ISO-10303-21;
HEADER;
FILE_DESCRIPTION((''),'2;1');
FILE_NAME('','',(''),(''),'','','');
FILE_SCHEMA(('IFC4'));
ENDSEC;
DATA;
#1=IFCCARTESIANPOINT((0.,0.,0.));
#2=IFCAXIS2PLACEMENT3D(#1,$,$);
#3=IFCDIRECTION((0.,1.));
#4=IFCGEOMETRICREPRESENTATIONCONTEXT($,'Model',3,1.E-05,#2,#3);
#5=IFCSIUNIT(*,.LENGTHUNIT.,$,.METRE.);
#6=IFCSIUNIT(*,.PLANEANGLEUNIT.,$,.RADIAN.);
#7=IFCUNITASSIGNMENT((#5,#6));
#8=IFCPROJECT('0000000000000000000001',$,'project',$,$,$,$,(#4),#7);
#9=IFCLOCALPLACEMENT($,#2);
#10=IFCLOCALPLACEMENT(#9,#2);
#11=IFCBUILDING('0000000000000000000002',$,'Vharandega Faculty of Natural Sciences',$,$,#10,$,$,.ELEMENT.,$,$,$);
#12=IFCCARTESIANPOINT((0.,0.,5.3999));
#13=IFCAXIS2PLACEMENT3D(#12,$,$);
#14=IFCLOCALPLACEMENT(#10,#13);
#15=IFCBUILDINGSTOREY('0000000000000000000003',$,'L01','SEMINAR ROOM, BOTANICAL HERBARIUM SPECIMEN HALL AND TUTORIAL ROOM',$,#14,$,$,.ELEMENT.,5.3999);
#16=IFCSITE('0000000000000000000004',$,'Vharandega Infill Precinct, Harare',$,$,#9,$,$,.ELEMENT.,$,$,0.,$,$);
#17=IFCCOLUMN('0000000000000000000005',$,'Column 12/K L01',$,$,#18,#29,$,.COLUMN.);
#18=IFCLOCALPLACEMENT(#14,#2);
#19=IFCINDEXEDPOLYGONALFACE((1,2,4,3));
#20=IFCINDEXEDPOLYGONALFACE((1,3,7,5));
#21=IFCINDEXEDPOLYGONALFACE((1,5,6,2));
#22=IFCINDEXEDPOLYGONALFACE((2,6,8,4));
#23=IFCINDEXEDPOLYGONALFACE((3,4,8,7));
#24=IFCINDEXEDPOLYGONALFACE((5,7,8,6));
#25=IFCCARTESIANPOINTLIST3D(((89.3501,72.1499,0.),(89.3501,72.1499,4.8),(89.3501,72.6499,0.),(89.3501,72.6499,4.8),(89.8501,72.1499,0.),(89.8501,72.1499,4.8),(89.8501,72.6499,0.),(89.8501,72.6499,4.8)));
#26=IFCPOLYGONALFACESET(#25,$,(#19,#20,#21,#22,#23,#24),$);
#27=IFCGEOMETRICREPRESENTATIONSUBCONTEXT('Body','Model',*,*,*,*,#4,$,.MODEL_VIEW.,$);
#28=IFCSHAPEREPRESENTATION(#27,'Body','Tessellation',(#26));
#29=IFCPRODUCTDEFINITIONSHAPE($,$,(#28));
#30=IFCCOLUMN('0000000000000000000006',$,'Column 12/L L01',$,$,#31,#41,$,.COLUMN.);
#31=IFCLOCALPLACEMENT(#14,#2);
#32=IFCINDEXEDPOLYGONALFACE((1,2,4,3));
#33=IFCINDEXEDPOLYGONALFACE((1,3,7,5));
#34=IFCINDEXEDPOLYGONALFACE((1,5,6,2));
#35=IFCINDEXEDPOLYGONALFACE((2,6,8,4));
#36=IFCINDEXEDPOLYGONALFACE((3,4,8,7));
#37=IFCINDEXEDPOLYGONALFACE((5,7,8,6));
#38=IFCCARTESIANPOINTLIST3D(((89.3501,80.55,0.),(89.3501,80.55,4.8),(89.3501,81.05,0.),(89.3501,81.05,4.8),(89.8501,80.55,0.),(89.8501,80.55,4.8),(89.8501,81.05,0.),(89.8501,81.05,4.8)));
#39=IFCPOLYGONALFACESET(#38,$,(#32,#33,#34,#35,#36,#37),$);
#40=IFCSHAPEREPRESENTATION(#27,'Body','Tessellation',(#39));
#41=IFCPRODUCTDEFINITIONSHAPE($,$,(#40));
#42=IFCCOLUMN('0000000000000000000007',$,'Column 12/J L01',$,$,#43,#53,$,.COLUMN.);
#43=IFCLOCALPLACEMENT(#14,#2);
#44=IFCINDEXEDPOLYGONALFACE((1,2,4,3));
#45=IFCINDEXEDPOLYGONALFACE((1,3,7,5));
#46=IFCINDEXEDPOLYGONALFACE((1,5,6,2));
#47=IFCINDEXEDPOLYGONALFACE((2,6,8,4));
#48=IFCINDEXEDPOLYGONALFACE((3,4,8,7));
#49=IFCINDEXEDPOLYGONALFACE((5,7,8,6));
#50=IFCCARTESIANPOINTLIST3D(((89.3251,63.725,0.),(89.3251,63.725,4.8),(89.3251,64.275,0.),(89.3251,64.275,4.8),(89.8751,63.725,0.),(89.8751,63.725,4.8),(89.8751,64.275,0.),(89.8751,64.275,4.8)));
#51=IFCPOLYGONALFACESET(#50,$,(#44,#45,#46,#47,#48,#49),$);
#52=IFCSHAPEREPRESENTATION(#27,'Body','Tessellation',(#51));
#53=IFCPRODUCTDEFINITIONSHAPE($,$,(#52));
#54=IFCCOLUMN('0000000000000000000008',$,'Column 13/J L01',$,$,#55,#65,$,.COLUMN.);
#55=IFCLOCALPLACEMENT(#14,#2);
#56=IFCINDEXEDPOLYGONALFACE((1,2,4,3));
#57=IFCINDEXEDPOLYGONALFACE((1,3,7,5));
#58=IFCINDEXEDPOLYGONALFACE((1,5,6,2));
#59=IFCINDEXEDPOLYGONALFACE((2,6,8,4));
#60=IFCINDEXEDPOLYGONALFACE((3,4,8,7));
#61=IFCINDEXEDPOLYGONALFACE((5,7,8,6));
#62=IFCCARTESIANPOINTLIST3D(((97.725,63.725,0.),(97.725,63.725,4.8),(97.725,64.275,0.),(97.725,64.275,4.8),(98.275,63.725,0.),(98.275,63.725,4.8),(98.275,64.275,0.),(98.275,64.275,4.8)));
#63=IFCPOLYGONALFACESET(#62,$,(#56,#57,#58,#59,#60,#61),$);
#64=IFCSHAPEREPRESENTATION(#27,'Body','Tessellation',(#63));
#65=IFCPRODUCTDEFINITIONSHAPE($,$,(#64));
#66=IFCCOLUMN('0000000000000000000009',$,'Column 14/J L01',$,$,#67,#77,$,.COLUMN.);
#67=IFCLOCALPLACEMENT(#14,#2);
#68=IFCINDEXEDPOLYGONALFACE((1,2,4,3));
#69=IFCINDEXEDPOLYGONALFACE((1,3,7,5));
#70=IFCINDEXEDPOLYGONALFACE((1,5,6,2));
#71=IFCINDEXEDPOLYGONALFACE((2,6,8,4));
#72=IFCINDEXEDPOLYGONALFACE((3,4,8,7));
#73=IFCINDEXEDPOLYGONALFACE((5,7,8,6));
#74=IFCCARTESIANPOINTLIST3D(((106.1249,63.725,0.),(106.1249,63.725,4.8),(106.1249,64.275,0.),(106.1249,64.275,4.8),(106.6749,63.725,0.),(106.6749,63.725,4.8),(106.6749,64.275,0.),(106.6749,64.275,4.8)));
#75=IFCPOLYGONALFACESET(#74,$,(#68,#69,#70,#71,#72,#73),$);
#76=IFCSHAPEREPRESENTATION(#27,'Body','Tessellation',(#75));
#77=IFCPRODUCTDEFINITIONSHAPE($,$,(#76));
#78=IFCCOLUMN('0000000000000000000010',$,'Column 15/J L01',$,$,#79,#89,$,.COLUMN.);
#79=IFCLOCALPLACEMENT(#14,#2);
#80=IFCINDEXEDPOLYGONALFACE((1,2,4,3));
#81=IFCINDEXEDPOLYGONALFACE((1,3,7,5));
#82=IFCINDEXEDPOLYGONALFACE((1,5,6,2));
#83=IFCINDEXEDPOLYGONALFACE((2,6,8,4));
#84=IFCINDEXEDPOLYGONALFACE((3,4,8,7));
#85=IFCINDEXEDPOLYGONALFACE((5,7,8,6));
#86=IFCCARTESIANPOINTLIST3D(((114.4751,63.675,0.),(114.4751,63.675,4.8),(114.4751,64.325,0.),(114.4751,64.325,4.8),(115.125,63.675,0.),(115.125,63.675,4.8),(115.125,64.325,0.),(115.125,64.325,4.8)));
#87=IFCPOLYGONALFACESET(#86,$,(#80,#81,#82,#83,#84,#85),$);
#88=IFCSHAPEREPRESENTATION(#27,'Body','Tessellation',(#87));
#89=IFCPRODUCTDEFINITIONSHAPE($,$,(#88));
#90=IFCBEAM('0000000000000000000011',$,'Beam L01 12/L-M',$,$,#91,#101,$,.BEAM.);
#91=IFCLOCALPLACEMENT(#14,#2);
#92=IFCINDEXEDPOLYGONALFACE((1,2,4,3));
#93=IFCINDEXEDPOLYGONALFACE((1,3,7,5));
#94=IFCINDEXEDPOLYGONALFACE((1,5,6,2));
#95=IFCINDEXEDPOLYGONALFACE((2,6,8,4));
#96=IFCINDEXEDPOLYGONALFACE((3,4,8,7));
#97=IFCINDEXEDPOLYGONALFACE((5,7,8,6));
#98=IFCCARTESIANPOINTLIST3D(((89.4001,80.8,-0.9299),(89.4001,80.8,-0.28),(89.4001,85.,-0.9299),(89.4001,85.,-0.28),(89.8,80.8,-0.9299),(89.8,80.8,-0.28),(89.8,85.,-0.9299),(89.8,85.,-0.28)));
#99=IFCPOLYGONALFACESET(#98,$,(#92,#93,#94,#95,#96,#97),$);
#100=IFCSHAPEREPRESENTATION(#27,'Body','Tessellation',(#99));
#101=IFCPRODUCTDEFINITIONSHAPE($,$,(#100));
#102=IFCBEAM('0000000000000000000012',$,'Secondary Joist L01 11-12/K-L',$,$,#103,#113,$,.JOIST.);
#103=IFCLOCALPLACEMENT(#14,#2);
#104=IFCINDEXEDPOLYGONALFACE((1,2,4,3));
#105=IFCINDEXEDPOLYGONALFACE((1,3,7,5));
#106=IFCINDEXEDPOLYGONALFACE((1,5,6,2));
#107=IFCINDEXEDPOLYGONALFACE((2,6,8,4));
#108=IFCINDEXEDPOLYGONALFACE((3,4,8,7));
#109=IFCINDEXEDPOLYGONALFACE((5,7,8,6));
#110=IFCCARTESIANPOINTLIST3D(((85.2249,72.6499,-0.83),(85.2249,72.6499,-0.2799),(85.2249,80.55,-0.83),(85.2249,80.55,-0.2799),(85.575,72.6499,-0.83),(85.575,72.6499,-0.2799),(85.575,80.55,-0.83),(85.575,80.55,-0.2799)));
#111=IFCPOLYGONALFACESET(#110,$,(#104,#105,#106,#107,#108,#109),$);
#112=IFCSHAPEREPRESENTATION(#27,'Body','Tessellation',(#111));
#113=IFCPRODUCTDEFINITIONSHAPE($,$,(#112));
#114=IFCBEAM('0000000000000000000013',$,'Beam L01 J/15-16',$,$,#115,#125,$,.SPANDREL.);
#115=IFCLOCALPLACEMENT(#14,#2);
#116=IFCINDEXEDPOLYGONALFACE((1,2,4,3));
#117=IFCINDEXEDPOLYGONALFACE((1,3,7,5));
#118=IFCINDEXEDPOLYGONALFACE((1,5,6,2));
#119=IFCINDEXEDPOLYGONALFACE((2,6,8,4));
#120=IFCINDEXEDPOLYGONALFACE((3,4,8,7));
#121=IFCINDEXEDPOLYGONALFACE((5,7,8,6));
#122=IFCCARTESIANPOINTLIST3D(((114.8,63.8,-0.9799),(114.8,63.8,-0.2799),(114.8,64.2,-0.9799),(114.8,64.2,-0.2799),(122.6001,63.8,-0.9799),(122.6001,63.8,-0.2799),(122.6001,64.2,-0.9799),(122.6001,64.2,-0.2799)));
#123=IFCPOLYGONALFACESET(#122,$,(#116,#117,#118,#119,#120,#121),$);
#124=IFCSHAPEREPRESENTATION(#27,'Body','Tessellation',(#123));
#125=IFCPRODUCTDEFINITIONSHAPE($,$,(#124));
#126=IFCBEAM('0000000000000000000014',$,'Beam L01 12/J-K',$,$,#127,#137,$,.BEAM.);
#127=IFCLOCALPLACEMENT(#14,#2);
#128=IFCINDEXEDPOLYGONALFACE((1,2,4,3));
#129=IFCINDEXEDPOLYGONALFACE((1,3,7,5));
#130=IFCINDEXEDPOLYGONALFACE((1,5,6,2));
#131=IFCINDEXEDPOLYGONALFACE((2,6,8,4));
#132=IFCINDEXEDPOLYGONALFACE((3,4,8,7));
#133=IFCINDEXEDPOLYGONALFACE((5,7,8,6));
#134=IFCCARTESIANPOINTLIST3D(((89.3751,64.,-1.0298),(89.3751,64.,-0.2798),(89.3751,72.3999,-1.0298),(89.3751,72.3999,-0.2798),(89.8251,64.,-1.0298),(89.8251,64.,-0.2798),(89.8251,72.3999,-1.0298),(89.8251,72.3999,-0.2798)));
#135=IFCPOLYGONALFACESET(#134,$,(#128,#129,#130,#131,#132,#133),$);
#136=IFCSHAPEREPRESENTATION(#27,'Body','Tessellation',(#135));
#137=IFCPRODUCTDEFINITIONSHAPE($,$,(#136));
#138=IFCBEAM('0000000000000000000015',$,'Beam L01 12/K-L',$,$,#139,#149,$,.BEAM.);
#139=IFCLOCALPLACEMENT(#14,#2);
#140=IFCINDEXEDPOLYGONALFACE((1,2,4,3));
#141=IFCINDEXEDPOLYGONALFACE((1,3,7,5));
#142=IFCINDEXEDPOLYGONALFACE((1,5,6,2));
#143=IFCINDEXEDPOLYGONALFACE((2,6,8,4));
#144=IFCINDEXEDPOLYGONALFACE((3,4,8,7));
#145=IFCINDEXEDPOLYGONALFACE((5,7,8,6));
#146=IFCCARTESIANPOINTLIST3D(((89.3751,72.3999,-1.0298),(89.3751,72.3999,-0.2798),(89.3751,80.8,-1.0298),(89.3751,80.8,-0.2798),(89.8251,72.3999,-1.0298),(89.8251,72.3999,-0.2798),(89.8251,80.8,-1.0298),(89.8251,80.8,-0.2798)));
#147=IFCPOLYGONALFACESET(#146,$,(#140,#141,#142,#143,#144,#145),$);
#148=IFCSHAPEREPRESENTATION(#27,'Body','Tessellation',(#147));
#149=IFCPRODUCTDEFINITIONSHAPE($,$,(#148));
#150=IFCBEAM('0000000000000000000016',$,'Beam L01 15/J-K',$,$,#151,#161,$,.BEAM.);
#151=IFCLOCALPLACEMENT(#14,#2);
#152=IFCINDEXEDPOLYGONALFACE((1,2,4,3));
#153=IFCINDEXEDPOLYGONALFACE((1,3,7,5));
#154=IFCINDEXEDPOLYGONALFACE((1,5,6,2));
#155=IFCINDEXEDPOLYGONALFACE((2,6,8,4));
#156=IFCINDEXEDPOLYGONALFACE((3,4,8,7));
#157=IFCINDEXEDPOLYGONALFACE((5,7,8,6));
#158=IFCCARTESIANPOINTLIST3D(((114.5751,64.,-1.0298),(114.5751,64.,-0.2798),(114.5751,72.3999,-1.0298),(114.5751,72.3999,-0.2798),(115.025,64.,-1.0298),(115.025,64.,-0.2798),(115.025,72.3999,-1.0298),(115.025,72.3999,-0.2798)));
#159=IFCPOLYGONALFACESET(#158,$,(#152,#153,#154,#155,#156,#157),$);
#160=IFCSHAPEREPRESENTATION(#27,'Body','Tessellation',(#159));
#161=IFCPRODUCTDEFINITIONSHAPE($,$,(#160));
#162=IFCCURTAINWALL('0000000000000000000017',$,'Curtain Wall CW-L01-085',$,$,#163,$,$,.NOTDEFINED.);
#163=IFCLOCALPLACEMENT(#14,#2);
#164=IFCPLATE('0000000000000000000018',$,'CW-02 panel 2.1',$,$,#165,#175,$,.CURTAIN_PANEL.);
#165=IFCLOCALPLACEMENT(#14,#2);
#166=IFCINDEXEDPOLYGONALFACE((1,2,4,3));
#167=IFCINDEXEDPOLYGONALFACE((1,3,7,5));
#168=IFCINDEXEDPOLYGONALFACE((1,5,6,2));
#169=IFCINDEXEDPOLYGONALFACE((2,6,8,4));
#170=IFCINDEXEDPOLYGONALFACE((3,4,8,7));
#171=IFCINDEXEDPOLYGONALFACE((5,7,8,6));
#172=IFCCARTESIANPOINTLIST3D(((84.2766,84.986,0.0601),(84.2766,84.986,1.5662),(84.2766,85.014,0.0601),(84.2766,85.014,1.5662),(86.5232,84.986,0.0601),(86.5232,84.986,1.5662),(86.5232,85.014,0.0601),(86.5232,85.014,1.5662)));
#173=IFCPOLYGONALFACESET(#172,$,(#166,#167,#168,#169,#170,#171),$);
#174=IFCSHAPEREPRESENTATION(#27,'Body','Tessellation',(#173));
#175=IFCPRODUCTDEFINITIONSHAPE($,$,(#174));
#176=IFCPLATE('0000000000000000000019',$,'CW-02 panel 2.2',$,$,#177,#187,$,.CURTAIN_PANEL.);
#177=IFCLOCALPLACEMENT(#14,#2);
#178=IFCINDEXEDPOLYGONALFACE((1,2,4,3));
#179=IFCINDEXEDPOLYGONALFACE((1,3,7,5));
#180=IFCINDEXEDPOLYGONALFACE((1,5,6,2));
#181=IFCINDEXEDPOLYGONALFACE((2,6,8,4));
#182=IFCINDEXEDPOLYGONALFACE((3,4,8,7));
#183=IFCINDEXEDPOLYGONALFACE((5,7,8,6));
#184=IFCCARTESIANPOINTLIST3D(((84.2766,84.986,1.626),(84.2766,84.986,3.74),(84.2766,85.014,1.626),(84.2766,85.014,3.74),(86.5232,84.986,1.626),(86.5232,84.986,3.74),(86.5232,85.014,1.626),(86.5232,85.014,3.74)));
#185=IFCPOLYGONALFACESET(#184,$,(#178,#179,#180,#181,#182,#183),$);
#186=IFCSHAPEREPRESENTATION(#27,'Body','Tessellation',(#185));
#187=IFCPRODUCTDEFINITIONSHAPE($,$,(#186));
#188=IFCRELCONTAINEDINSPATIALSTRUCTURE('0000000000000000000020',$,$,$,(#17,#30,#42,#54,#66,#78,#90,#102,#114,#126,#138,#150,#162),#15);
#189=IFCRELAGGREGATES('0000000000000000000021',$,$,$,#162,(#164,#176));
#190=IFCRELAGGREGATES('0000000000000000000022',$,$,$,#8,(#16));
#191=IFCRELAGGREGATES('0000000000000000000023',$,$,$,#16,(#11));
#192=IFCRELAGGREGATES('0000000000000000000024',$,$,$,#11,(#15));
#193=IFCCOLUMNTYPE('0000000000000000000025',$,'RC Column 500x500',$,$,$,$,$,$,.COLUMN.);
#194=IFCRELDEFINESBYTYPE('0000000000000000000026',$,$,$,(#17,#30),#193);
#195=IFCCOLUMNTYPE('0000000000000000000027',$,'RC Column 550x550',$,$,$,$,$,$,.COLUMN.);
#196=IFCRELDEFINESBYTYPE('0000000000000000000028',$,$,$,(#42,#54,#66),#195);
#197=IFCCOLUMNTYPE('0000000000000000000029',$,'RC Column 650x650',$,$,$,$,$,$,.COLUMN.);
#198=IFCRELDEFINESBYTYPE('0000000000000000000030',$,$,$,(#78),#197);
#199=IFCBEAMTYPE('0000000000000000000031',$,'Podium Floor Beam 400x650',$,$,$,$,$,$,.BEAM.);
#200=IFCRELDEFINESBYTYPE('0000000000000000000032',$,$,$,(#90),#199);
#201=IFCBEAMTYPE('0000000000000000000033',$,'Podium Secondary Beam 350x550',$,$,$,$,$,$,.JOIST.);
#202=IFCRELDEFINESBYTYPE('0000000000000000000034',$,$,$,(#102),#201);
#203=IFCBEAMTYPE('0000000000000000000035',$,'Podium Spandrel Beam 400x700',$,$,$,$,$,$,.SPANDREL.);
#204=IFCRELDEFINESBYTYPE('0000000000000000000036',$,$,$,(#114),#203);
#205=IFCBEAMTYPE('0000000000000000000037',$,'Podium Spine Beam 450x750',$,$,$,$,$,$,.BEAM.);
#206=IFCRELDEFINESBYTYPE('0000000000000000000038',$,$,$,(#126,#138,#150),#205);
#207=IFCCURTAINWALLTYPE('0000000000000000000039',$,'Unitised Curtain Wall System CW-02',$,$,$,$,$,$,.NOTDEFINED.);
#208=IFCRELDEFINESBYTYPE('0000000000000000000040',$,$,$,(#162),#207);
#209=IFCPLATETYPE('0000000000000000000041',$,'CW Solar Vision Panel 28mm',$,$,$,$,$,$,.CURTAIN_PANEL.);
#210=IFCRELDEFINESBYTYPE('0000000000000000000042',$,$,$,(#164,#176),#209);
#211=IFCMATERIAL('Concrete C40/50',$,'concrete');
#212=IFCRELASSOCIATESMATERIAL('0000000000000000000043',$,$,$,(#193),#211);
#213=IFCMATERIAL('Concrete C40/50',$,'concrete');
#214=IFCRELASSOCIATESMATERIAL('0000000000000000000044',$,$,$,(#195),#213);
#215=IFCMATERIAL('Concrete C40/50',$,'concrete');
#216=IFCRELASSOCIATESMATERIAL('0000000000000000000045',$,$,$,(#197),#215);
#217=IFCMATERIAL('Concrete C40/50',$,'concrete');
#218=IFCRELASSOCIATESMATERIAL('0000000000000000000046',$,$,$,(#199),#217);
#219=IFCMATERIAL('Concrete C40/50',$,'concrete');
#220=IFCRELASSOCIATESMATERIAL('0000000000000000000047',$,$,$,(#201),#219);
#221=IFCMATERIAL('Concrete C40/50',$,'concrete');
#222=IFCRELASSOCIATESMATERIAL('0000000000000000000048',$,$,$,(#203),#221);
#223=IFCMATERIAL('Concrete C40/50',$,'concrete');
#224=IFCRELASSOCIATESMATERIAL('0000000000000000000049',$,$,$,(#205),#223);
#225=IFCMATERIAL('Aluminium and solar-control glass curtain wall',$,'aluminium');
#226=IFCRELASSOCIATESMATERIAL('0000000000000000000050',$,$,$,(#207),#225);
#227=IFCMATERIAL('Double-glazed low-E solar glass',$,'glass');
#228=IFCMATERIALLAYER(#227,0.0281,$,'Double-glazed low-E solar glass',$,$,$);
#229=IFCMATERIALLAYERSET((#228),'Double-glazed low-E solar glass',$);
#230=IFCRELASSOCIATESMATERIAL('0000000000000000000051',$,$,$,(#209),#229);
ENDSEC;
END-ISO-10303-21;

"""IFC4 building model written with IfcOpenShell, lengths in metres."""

from ifc_helpers import new_model, si_unit, direction, frame, origin, origin_2d, place, context, subcontext, project, spatial, rectangle, extrude, material, layer, layer_set, material_profile, profile_set, type_object, element, aggregate, save


model = new_model("IFC4")

# Units and contexts
model_context = context("Model", 3, precision=1e-05, world=origin(), true_north=direction((0.0, 1.0)))
body_context = subcontext(model_context, "Body", "Model", "MODEL_VIEW")
ifc_project = project(units=[si_unit("LENGTHUNIT", "METRE"), si_unit("PLANEANGLEUNIT", "RADIAN")], contexts=[model_context])

# Site, building, storey
site_placement = place(None, origin())
site = spatial("IfcSite", under=ifc_project, at=site_placement, Name="Vharandega Infill Precinct, Harare", CompositionType="ELEMENT", RefElevation=0.0)
building_placement = place(site_placement, origin())
building = spatial("IfcBuilding", under=site, at=building_placement, Name="Vharandega Faculty of Natural Sciences", CompositionType="ELEMENT")
storey_placement = place(building_placement, frame((0.0, 0.0, 5.3999)))
storey = spatial("IfcBuildingStorey", under=building, at=storey_placement, Name="L01", Description="SEMINAR ROOM, BOTANICAL HERBARIUM SPECIMEN HALL AND TUTORIAL ROOM", CompositionType="ELEMENT", Elevation=5.3999)

# Columns
ifc_material_1 = material(Name="Concrete C40/50", Category="concrete")
ifc_material_profile_1 = material_profile(ifc_material_1, rectangle(XDim=0.5, YDim=0.5, at=origin_2d()), Name="RC 500x500")
ifc_profile_set_1 = profile_set([ifc_material_profile_1], Name="Concrete C40/50")
column_type_1 = type_object("IfcColumnType", Name="RC Column 500x500", PredefinedType="COLUMN", material=ifc_profile_set_1)
for number, where, z_axis, x_axis, name in (
    (1, (89.6001, 72.3999, 0.0), (0.0, 0.0, 1.0), (1.0, 0.0, 0.0), "Column 12/K L01"),
    (2, (89.6001, 80.8, 0.0), (0.0, 0.0, 1.0), (1.0, 0.0, 0.0), "Column 12/L L01"),
):
    element("IfcColumn", number, at=place(storey_placement, frame(where, z_axis=z_axis, x_axis=x_axis)), inside=storey, type_object=column_type_1, Name=name, PredefinedType="COLUMN", context=body_context, shape_type="SweptSolid", body=[
        extrude(rectangle(XDim=0.5, YDim=0.5, at=origin_2d()), origin(), (0.0, 0.0, 1.0), 4.8),
    ])
ifc_material_2 = material(Name="Concrete C40/50", Category="concrete")
ifc_material_profile_2 = material_profile(ifc_material_2, rectangle(XDim=0.55, YDim=0.55, at=origin_2d()), Name="RC 550x550")
ifc_profile_set_2 = profile_set([ifc_material_profile_2], Name="Concrete C40/50")
column_type_2 = type_object("IfcColumnType", Name="RC Column 550x550", PredefinedType="COLUMN", material=ifc_profile_set_2)
for number, where, z_axis, x_axis, name in (
    (3, (89.6001, 64.0, 0.0), (0.0, 0.0, 1.0), (1.0, 0.0, 0.0), "Column 12/J L01"),
    (4, (98.0, 64.0, 0.0), (0.0, 0.0, 1.0), (1.0, 0.0, 0.0), "Column 13/J L01"),
    (5, (106.3999, 64.0, 0.0), (0.0, 0.0, 1.0), (1.0, 0.0, 0.0), "Column 14/J L01"),
):
    element("IfcColumn", number, at=place(storey_placement, frame(where, z_axis=z_axis, x_axis=x_axis)), inside=storey, type_object=column_type_2, Name=name, PredefinedType="COLUMN", context=body_context, shape_type="SweptSolid", body=[
        extrude(rectangle(XDim=0.55, YDim=0.55, at=origin_2d()), origin(), (0.0, 0.0, 1.0), 4.8),
    ])
ifc_material_3 = material(Name="Concrete C40/50", Category="concrete")
ifc_material_profile_3 = material_profile(ifc_material_3, rectangle(XDim=0.6499, YDim=0.6499, at=origin_2d()), Name="RC 650x650")
ifc_profile_set_3 = profile_set([ifc_material_profile_3], Name="Concrete C40/50")
column_type_3 = type_object("IfcColumnType", Name="RC Column 650x650", PredefinedType="COLUMN", material=ifc_profile_set_3)
column_placement = place(storey_placement, frame((114.8, 64.0, 0.0), z_axis=(0.0, 0.0, 1.0), x_axis=(1.0, 0.0, 0.0)))
element("IfcColumn", 6, at=column_placement, inside=storey, type_object=column_type_3, Name="Column 15/J L01", PredefinedType="COLUMN", context=body_context, shape_type="SweptSolid", body=[
    extrude(rectangle(XDim=0.6499, YDim=0.6499, at=origin_2d()), origin(), (0.0, 0.0, 1.0), 4.8),
])

# Beams
ifc_material_4 = material(Name="Concrete C40/50", Category="concrete")
ifc_material_profile_4 = material_profile(ifc_material_4, rectangle(XDim=0.3999, YDim=0.6499, at=origin_2d()), Name="RC 400x650")
ifc_profile_set_4 = profile_set([ifc_material_profile_4], Name="Concrete C40/50")
beam_type_1 = type_object("IfcBeamType", Name="Podium Floor Beam 400x650", PredefinedType="BEAM", material=ifc_profile_set_4)
beam_1_placement = place(storey_placement, frame((89.6001, 80.8, -0.605), z_axis=(0.0, 1.0, 0.0), x_axis=(-1.0, 0.0, 0.0)))
element("IfcBeam", 7, at=beam_1_placement, inside=storey, type_object=beam_type_1, Name="Beam L01 12/L-M", PredefinedType="BEAM", context=body_context, shape_type="SweptSolid", body=[
    extrude(rectangle(XDim=0.3999, YDim=0.6499, at=origin_2d()), origin(), (0.0, 0.0, 1.0), 4.2),
])
ifc_material_5 = material(Name="Concrete C40/50", Category="concrete")
ifc_material_profile_5 = material_profile(ifc_material_5, rectangle(XDim=0.3501, YDim=0.55, at=origin_2d()), Name="RC 350x550")
ifc_profile_set_5 = profile_set([ifc_material_profile_5], Name="Concrete C40/50")
beam_type_2 = type_object("IfcBeamType", Name="Podium Secondary Beam 350x550", PredefinedType="JOIST", material=ifc_profile_set_5)
beam_2_placement = place(storey_placement, frame((85.3999, 72.6499, -0.5549), z_axis=(0.0, 1.0, 0.0), x_axis=(-1.0, 0.0, 0.0)))
element("IfcBeam", 8, at=beam_2_placement, inside=storey, type_object=beam_type_2, Name="Secondary Joist L01 11-12/K-L", PredefinedType="JOIST", context=body_context, shape_type="SweptSolid", body=[
    extrude(rectangle(XDim=0.3501, YDim=0.55, at=origin_2d()), origin(), (0.0, 0.0, 1.0), 7.9001),
])
ifc_material_6 = material(Name="Concrete C40/50", Category="concrete")
ifc_material_profile_6 = material_profile(ifc_material_6, rectangle(XDim=0.3999, YDim=0.7, at=origin_2d()), Name="RC 400x700")
ifc_profile_set_6 = profile_set([ifc_material_profile_6], Name="Concrete C40/50")
beam_type_3 = type_object("IfcBeamType", Name="Podium Spandrel Beam 400x700", PredefinedType="SPANDREL", material=ifc_profile_set_6)
beam_3_placement = place(storey_placement, frame((114.8, 64.0, -0.6299), z_axis=(1.0, 0.0, 0.0), x_axis=(0.0, 1.0, 0.0)))
element("IfcBeam", 9, at=beam_3_placement, inside=storey, type_object=beam_type_3, Name="Beam L01 J/15-16", PredefinedType="SPANDREL", context=body_context, shape_type="SweptSolid", body=[
    extrude(rectangle(XDim=0.3999, YDim=0.7, at=origin_2d()), origin(), (0.0, 0.0, 1.0), 7.8),
])
ifc_material_7 = material(Name="Concrete C40/50", Category="concrete")
ifc_material_profile_7 = material_profile(ifc_material_7, rectangle(XDim=0.45, YDim=0.75, at=origin_2d()), Name="RC 450x750")
ifc_profile_set_7 = profile_set([ifc_material_profile_7], Name="Concrete C40/50")
beam_type_4 = type_object("IfcBeamType", Name="Podium Spine Beam 450x750", PredefinedType="BEAM", material=ifc_profile_set_7)
beam_4_placement = place(storey_placement, frame((89.6001, 64.0, -0.6548), z_axis=(0.0, 1.0, 0.0), x_axis=(-1.0, 0.0, 0.0)))
element("IfcBeam", 10, at=beam_4_placement, inside=storey, type_object=beam_type_4, Name="Beam L01 12/J-K", PredefinedType="BEAM", context=body_context, shape_type="SweptSolid", body=[
    extrude(rectangle(XDim=0.45, YDim=0.75, at=origin_2d()), origin(), (0.0, 0.0, 1.0), 8.3999),
])
beam_5_placement = place(storey_placement, frame((89.6001, 72.3999, -0.6548), z_axis=(0.0, 1.0, 0.0), x_axis=(-1.0, 0.0, 0.0)))
element("IfcBeam", 11, at=beam_5_placement, inside=storey, type_object=beam_type_4, Name="Beam L01 12/K-L", PredefinedType="BEAM", context=body_context, shape_type="SweptSolid", body=[
    extrude(rectangle(XDim=0.45, YDim=0.75, at=origin_2d()), origin(), (0.0, 0.0, 1.0), 8.4001),
])
beam_6_placement = place(storey_placement, frame((114.8, 64.0, -0.6548), z_axis=(0.0, 1.0, 0.0), x_axis=(-1.0, 0.0, 0.0)))
element("IfcBeam", 12, at=beam_6_placement, inside=storey, type_object=beam_type_4, Name="Beam L01 15/J-K", PredefinedType="BEAM", context=body_context, shape_type="SweptSolid", body=[
    extrude(rectangle(XDim=0.45, YDim=0.75, at=origin_2d()), origin(), (0.0, 0.0, 1.0), 8.3999),
])

# Curtain wall, plates
ifc_material_8 = material(Name="Aluminium and solar-control glass curtain wall", Category="aluminium")
curtain_wall_type = type_object("IfcCurtainWallType", Name="Unitised Curtain Wall System CW-02", PredefinedType="NOTDEFINED", material=ifc_material_8)
curtain_wall_placement = place(storey_placement, origin())
curtain_wall = element("IfcCurtainWall", 13, at=curtain_wall_placement, inside=storey, type_object=curtain_wall_type, Name="Curtain Wall CW-L01-085", PredefinedType="NOTDEFINED")
ifc_material_9 = material(Name="Double-glazed low-E solar glass", Category="glass")
ifc_layer_1 = layer(ifc_material_9, 0.0281, Name="Double-glazed low-E solar glass")
ifc_layer_set_1 = layer_set([ifc_layer_1], Name="Double-glazed low-E solar glass")
plate_type = type_object("IfcPlateType", Name="CW Solar Vision Panel 28mm", PredefinedType="CURTAIN_PANEL", material=ifc_layer_set_1)
plate_1_placement = place(storey_placement, frame((85.3999, 85.0, 0.0601), z_axis=(0.0, 0.0, 1.0), x_axis=(1.0, 0.0, 0.0)))
plate_1 = element("IfcPlate", 14, at=plate_1_placement, type_object=plate_type, Name="CW-02 panel 2.1", PredefinedType="CURTAIN_PANEL", context=body_context, shape_type="SweptSolid", body=[
    extrude(rectangle(XDim=2.2466, YDim=0.0281, at=origin_2d()), origin(), (0.0, 0.0, 1.0), 1.5061),
])
plate_2_placement = place(storey_placement, frame((85.3999, 85.0, 1.626), z_axis=(0.0, 0.0, 1.0), x_axis=(1.0, 0.0, 0.0)))
plate_2 = element("IfcPlate", 15, at=plate_2_placement, type_object=plate_type, Name="CW-02 panel 2.2", PredefinedType="CURTAIN_PANEL", context=body_context, shape_type="SweptSolid", body=[
    extrude(rectangle(XDim=2.2466, YDim=0.0281, at=origin_2d()), origin(), (0.0, 0.0, 1.0), 2.114),
])
aggregate(curtain_wall, [plate_1, plate_2])

save(model, "model.ifc")
